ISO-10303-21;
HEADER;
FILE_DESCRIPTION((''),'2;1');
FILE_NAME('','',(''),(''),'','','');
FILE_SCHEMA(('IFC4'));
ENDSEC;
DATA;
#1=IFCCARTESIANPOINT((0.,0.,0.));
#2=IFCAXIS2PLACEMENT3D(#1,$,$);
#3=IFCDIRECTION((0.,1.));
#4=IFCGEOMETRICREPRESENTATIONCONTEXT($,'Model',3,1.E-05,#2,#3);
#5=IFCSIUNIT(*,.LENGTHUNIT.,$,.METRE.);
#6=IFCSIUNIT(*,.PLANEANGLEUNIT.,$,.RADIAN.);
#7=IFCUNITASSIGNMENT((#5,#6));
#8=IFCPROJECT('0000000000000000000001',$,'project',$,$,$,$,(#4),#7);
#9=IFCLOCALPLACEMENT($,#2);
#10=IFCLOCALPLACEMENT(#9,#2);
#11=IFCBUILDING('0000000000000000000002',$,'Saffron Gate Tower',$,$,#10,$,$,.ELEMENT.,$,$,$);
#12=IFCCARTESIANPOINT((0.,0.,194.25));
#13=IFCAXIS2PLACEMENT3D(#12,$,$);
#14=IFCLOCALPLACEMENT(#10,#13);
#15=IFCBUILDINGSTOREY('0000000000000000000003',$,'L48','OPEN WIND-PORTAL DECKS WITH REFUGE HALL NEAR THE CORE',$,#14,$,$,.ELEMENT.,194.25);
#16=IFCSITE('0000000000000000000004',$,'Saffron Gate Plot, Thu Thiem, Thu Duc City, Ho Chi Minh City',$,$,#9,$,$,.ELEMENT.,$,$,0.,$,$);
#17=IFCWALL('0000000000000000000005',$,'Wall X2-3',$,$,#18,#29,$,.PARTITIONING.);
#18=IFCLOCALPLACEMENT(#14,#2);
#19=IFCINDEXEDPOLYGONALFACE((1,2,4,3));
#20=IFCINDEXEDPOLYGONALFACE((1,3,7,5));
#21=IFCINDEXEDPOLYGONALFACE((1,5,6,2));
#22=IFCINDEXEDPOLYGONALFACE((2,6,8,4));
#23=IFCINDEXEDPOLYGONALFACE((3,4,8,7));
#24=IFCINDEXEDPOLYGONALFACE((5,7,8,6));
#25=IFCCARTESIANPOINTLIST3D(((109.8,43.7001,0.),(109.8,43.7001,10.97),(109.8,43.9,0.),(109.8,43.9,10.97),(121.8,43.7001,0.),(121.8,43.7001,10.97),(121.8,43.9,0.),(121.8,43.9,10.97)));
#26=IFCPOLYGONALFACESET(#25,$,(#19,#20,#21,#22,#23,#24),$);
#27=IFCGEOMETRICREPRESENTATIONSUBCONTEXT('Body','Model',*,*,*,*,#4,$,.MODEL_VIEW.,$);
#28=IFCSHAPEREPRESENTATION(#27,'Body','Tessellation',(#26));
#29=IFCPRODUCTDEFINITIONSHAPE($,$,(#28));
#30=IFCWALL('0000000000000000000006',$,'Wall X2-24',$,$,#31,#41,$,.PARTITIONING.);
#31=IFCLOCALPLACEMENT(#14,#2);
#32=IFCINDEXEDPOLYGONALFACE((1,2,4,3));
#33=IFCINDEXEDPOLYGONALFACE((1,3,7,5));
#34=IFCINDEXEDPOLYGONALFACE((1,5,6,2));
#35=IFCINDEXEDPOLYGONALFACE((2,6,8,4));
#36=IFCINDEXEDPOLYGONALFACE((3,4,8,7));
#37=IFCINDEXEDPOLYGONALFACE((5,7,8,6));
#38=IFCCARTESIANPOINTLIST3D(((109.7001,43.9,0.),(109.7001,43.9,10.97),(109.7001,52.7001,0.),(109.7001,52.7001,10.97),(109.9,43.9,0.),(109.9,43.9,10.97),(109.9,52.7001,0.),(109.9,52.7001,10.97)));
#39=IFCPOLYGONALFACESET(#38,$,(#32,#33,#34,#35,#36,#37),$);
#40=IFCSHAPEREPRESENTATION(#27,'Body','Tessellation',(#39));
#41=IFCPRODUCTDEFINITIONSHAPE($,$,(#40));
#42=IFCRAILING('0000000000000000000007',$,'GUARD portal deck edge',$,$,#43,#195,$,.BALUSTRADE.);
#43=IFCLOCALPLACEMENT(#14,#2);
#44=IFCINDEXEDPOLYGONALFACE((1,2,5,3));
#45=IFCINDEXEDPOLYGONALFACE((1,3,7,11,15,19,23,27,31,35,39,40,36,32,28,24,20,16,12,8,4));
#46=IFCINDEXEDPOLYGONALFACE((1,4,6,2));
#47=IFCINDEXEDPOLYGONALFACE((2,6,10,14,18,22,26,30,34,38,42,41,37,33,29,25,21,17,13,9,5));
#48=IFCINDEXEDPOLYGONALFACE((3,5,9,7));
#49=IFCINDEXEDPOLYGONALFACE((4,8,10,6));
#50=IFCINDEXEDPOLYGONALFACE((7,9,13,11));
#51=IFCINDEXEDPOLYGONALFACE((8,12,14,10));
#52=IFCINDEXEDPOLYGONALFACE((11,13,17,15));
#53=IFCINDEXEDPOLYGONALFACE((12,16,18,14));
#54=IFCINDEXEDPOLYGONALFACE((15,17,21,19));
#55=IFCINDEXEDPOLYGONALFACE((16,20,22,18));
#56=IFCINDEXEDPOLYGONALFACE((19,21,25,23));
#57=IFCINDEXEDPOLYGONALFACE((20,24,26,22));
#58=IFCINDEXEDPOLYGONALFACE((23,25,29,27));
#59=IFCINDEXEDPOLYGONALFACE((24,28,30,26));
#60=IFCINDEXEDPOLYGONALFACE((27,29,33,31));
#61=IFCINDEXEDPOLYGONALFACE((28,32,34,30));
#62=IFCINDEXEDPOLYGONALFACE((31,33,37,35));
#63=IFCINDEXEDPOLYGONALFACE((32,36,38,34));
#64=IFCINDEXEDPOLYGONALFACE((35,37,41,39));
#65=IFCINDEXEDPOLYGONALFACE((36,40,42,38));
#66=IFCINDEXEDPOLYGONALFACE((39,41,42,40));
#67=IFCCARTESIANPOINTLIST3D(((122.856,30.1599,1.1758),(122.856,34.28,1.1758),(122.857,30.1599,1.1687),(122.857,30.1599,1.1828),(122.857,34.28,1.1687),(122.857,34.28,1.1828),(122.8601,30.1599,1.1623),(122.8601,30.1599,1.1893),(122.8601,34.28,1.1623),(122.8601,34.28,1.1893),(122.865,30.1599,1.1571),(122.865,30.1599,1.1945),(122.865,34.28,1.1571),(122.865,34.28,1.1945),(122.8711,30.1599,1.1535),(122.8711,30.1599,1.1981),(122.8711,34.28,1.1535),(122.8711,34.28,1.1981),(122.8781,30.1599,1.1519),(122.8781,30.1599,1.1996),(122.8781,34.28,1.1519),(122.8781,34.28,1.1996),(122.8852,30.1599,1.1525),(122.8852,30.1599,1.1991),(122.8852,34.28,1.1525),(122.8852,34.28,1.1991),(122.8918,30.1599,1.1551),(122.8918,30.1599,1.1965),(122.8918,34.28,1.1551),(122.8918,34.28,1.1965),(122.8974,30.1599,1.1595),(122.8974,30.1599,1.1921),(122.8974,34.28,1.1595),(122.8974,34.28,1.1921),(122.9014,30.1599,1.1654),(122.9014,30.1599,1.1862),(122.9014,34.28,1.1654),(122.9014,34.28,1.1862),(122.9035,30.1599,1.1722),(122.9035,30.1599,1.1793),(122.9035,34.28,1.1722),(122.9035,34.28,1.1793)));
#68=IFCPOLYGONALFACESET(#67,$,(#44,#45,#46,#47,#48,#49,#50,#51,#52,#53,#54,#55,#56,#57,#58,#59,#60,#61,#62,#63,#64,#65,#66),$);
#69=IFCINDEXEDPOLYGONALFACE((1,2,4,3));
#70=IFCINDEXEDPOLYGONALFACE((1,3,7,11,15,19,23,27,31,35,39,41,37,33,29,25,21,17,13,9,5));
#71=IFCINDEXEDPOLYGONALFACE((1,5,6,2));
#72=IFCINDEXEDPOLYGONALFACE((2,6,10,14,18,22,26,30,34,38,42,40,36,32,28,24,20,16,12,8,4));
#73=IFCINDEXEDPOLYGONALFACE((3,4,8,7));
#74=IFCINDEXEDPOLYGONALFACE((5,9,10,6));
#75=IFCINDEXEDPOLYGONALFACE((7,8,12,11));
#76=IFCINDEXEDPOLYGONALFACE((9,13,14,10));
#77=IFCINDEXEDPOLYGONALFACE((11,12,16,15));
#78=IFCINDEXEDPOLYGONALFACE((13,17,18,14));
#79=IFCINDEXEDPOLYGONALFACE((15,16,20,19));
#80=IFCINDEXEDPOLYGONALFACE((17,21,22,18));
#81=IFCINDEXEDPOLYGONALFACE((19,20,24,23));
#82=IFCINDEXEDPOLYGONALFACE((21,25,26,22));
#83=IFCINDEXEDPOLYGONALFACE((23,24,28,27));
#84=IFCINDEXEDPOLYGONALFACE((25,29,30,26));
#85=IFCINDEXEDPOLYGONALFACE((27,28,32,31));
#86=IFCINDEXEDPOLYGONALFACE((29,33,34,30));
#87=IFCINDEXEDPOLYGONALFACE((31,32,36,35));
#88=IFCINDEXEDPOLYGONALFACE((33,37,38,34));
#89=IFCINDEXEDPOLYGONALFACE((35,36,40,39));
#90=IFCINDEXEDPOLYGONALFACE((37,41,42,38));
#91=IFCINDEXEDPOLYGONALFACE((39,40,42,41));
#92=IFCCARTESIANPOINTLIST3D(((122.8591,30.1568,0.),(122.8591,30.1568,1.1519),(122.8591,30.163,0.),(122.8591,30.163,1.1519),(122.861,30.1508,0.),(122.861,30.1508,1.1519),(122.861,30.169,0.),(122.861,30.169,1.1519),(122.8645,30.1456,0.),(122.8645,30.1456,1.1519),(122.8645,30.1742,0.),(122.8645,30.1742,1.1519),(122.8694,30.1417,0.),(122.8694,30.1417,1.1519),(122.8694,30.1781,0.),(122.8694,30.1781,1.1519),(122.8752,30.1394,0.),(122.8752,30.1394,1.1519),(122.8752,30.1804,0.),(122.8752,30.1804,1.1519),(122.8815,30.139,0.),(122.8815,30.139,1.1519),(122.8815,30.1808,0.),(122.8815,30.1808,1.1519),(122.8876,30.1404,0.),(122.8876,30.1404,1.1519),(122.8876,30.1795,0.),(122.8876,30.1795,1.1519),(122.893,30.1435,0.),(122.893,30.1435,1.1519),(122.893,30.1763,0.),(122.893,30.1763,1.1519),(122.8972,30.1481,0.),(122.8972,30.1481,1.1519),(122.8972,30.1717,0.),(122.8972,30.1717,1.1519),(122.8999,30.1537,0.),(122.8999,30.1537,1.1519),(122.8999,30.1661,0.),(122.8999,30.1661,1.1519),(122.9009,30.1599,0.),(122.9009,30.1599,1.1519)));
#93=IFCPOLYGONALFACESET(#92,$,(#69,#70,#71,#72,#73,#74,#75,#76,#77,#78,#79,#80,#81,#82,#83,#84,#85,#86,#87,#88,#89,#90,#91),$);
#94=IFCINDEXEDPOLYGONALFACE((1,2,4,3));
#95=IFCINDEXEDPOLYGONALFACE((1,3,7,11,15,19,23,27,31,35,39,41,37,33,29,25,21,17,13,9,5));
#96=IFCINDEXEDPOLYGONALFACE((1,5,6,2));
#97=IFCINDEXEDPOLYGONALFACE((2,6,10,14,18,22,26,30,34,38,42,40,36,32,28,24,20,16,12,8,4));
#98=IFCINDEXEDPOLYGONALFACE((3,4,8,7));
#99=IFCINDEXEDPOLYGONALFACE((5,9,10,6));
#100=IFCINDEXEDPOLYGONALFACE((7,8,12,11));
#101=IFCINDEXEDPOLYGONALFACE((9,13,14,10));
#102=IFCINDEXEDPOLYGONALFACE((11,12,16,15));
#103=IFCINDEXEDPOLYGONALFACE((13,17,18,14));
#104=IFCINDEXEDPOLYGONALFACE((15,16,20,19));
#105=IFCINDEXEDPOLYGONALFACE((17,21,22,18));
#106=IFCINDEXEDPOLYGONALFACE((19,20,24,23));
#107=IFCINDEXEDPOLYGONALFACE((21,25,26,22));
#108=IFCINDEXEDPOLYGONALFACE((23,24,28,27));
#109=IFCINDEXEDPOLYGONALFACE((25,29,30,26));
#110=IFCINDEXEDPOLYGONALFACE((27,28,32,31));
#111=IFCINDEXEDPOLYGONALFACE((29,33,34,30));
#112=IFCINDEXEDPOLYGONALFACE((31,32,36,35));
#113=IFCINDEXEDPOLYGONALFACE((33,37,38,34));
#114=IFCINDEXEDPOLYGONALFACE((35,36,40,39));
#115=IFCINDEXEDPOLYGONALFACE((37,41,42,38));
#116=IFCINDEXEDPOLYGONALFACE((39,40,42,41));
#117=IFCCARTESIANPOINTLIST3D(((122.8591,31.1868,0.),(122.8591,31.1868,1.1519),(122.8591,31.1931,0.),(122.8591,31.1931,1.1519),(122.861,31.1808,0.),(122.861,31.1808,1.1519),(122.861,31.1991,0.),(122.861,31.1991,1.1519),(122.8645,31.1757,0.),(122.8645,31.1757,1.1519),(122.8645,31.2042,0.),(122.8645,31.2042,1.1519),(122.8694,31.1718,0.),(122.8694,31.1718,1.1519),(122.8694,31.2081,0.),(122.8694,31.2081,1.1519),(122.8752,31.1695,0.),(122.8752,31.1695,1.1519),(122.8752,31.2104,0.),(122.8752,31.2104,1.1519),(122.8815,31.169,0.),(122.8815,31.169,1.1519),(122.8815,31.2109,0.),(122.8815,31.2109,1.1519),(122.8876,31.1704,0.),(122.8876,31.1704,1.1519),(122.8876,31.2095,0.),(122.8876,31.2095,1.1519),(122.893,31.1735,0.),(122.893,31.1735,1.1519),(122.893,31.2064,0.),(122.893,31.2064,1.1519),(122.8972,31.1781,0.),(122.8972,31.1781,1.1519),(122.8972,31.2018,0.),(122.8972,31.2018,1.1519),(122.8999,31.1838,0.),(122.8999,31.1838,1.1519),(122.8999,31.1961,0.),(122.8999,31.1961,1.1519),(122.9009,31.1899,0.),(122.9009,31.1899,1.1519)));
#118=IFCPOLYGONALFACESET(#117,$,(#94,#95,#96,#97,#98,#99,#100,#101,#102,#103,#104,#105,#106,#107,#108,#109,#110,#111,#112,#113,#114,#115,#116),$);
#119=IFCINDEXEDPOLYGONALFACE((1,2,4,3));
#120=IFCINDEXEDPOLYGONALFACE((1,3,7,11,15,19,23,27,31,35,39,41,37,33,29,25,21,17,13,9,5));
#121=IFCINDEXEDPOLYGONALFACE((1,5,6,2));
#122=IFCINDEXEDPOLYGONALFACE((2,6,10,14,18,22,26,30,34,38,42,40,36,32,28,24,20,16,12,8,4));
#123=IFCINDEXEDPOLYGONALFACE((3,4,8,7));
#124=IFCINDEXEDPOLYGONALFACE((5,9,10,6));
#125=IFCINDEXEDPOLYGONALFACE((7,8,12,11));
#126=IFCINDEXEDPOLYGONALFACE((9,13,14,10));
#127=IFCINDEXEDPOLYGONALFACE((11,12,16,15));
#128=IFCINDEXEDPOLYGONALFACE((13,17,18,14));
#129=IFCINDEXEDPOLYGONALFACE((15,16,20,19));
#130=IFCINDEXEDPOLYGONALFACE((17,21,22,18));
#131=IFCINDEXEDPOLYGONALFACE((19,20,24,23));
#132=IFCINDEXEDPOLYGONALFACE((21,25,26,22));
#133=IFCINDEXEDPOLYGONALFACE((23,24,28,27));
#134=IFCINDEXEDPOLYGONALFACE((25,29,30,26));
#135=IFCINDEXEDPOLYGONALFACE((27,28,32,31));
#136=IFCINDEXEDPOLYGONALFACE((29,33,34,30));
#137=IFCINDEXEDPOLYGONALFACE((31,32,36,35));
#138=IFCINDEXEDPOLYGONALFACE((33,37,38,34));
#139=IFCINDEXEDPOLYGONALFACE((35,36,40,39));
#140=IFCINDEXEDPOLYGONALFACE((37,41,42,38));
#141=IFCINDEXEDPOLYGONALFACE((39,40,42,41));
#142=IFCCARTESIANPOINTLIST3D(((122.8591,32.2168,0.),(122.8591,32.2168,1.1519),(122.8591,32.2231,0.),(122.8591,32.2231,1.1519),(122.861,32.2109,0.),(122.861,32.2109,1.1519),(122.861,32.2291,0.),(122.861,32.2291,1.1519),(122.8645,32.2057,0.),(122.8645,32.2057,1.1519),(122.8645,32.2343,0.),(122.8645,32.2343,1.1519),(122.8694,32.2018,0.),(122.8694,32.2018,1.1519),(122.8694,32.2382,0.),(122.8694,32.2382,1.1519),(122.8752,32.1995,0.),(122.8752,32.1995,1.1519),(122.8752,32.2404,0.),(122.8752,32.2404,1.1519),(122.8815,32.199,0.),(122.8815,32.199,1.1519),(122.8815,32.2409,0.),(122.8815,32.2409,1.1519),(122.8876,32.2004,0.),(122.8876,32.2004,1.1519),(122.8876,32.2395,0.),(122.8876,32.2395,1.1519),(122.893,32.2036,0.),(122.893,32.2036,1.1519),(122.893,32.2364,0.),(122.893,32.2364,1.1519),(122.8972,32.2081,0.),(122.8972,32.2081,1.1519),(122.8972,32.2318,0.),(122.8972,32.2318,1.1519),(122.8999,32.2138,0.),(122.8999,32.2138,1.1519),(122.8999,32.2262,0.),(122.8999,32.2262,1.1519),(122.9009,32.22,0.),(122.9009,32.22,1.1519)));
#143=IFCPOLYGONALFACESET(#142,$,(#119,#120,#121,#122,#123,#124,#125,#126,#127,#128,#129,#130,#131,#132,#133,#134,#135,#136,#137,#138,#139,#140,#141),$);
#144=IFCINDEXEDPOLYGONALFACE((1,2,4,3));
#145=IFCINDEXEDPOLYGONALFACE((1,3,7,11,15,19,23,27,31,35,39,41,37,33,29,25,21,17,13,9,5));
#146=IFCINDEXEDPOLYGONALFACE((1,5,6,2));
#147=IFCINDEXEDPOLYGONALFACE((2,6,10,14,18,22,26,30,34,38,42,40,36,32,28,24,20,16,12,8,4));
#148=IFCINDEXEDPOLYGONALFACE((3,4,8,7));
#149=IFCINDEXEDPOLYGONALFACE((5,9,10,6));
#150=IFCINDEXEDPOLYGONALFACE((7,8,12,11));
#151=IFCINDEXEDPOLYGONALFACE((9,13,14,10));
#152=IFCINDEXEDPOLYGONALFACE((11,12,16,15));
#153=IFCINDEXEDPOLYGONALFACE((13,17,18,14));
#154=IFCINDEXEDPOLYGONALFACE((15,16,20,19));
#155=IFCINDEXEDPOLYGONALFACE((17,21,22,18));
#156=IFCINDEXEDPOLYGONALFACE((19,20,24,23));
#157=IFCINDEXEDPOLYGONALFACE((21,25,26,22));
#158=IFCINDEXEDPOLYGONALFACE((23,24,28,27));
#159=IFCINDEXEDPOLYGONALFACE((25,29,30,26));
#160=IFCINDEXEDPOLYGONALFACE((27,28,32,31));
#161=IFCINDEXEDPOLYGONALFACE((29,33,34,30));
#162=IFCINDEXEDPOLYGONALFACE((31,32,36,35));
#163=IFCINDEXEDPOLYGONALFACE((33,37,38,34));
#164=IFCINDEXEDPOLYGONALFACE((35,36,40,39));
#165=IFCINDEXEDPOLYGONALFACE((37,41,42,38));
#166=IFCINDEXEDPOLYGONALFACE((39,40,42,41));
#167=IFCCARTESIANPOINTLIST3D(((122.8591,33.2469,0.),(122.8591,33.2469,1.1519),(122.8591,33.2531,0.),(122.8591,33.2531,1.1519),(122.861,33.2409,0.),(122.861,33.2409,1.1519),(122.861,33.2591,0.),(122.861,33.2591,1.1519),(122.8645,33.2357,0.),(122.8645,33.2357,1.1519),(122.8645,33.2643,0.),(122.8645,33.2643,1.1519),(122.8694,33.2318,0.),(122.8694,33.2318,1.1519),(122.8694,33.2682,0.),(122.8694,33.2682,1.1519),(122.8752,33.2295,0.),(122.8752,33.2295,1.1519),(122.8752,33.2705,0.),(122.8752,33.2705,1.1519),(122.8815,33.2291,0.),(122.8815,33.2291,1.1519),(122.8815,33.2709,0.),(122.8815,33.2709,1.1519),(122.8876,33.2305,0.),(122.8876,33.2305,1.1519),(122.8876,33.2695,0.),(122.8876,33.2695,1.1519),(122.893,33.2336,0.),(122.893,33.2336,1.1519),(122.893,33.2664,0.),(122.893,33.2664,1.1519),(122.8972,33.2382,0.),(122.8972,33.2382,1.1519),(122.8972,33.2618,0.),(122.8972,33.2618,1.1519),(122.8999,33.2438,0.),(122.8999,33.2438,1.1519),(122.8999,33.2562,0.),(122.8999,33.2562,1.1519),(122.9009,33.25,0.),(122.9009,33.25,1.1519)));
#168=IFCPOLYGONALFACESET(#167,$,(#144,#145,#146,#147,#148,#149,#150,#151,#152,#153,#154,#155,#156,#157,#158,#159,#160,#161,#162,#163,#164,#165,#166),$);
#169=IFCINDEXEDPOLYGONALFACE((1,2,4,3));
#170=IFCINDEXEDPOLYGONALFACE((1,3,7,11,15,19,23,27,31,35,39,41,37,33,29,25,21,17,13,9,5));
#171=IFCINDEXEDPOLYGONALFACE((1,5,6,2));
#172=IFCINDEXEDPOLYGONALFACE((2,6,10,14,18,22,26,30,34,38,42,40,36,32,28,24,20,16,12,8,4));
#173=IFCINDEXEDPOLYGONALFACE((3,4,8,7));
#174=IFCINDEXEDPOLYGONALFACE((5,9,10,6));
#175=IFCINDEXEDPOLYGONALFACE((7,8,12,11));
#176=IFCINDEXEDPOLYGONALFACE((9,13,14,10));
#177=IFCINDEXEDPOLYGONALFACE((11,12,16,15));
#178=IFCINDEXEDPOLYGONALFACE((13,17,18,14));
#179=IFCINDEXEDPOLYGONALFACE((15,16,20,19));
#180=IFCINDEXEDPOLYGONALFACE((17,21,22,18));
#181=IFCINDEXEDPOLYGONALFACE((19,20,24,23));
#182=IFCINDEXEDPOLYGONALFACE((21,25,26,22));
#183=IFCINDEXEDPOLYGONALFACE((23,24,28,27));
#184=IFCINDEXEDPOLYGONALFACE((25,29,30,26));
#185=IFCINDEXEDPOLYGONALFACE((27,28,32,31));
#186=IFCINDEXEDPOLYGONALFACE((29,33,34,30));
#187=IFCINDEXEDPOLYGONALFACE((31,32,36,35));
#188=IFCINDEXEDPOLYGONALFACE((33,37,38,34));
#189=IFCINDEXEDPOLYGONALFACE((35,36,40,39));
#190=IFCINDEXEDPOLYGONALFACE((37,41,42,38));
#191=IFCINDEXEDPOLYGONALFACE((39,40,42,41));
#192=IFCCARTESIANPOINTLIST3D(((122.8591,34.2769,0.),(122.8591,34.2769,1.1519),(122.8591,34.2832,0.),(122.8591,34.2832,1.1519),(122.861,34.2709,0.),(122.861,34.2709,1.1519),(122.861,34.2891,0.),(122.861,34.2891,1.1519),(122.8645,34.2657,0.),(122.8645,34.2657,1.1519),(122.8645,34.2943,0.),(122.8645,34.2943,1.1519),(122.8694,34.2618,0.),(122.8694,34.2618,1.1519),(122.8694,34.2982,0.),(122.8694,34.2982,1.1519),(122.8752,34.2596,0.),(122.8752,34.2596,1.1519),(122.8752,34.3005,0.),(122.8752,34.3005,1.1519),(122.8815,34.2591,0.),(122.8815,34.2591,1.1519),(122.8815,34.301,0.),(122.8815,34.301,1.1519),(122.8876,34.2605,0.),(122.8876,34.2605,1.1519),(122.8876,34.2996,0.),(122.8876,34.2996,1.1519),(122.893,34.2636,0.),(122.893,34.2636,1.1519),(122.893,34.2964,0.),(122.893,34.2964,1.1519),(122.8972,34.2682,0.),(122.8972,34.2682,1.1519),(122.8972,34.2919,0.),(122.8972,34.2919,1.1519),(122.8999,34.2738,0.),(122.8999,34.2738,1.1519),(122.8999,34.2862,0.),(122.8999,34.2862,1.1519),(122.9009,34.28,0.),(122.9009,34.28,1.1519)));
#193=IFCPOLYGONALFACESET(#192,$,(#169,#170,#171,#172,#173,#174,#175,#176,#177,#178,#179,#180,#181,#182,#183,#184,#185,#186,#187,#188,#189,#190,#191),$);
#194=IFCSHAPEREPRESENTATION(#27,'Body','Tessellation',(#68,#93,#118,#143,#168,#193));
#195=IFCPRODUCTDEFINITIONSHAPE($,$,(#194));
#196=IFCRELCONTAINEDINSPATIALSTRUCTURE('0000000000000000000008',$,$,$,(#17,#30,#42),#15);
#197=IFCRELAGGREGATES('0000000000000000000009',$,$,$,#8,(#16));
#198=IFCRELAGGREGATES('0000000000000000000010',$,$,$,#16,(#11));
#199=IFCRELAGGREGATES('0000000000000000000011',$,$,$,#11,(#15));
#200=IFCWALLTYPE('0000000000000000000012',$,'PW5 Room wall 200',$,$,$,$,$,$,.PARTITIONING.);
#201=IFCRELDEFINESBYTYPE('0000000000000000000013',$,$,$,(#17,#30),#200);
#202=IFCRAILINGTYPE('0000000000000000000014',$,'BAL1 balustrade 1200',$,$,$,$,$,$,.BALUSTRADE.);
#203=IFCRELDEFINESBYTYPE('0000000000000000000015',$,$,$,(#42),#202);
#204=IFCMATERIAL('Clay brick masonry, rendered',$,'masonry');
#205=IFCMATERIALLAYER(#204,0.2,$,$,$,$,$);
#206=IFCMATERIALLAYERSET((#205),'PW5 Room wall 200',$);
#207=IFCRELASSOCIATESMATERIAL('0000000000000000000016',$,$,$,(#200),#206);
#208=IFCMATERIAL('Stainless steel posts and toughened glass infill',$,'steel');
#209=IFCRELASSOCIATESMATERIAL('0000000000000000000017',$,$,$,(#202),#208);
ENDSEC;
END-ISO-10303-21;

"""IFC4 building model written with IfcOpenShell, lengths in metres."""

from ifc_helpers import new_model, si_unit, direction, frame, frame_2d, origin, origin_2d, place, context, subcontext, project, spatial, rectangle, circle, extrude, material, layer, layer_set, type_object, element, save


model = new_model("IFC4")

# Units and contexts
model_context = context("Model", 3, precision=1e-05, world=origin(), true_north=direction((0.0, 1.0)))
body_context = subcontext(model_context, "Body", "Model", "MODEL_VIEW")
ifc_project = project(units=[si_unit("LENGTHUNIT", "METRE"), si_unit("PLANEANGLEUNIT", "RADIAN")], contexts=[model_context])

# Site, building, storey
site_placement = place(None, origin())
site = spatial("IfcSite", under=ifc_project, at=site_placement, Name="Saffron Gate Plot, Thu Thiem, Thu Duc City, Ho Chi Minh City", CompositionType="ELEMENT", RefElevation=0.0)
building_placement = place(site_placement, origin())
building = spatial("IfcBuilding", under=site, at=building_placement, Name="Saffron Gate Tower", CompositionType="ELEMENT")
storey_placement = place(building_placement, frame((0.0, 0.0, 194.25)))
storey = spatial("IfcBuildingStorey", under=building, at=storey_placement, Name="L48", Description="OPEN WIND-PORTAL DECKS WITH REFUGE HALL NEAR THE CORE", CompositionType="ELEMENT", Elevation=194.25)

# Walls
ifc_material_1 = material(Name="Clay brick masonry, rendered", Category="masonry")
ifc_layer_1 = layer(ifc_material_1, 0.2)
ifc_layer_set_1 = layer_set([ifc_layer_1], Name="PW5 Room wall 200")
wall_type_1 = type_object("IfcWallType", Name="PW5 Room wall 200", PredefinedType="PARTITIONING", material=ifc_layer_set_1)
wall_1_placement = place(storey_placement, frame((109.8, 43.8, 0.0), z_axis=(0.0, 0.0, 1.0), x_axis=(1.0, 0.0, 0.0)))
element("IfcWall", 1, at=wall_1_placement, inside=storey, type_object=wall_type_1, Name="Wall X2-3", PredefinedType="PARTITIONING", context=body_context, shape_type="SweptSolid", body=[
    extrude(rectangle(XDim=12.0, YDim=0.2, at=frame_2d((6.0, 0.0))), origin(), (0.0, 0.0, 1.0), 10.97),
])
wall_2_placement = place(storey_placement, frame((109.8, 52.7, 0.0), z_axis=(0.0, 0.0, 1.0), x_axis=(0.0, -1.0, 0.0)))
element("IfcWall", 2, at=wall_2_placement, inside=storey, type_object=wall_type_1, Name="Wall X2-24", PredefinedType="PARTITIONING", context=body_context, shape_type="SweptSolid", body=[
    extrude(rectangle(XDim=8.8, YDim=0.2, at=frame_2d((4.3999, 0.0))), origin(), (0.0, 0.0, 1.0), 10.97),
])

# Railing
ifc_material_2 = material(Name="Stainless steel posts and toughened glass infill", Category="steel")
railing_type_1 = type_object("IfcRailingType", Name="BAL1 balustrade 1200", PredefinedType="BALUSTRADE", material=ifc_material_2)
railing_1_placement = place(storey_placement, frame((122.8799, 30.1599, 0.0)))
element("IfcRailing", 3, at=railing_1_placement, inside=storey, type_object=railing_type_1, Name="GUARD portal deck edge", PredefinedType="BALUSTRADE", context=body_context, shape_type="SweptSolid", body=[
    extrude(circle(Radius=0.0239, at=origin_2d()), frame((0.0, 0.0, 1.1758), z_axis=(0.0, 1.0, 0.0), x_axis=(-1.0, 0.0, 0.0)), (0.0, 0.0, 1.0), 4.1201),
    extrude(circle(Radius=0.021, at=origin_2d()), origin(), (0.0, 0.0, 1.0), 1.1519),
    extrude(circle(Radius=0.021, at=origin_2d()), frame((0.0, 1.03, 0.0)), (0.0, 0.0, 1.0), 1.1519),
    extrude(circle(Radius=0.021, at=origin_2d()), frame((0.0, 2.0601, 0.0)), (0.0, 0.0, 1.0), 1.1519),
    extrude(circle(Radius=0.021, at=origin_2d()), frame((0.0, 3.0901, 0.0)), (0.0, 0.0, 1.0), 1.1519),
    extrude(circle(Radius=0.021, at=origin_2d()), frame((0.0, 4.1201, 0.0)), (0.0, 0.0, 1.0), 1.1519),
])

save(model, "model.ifc")
